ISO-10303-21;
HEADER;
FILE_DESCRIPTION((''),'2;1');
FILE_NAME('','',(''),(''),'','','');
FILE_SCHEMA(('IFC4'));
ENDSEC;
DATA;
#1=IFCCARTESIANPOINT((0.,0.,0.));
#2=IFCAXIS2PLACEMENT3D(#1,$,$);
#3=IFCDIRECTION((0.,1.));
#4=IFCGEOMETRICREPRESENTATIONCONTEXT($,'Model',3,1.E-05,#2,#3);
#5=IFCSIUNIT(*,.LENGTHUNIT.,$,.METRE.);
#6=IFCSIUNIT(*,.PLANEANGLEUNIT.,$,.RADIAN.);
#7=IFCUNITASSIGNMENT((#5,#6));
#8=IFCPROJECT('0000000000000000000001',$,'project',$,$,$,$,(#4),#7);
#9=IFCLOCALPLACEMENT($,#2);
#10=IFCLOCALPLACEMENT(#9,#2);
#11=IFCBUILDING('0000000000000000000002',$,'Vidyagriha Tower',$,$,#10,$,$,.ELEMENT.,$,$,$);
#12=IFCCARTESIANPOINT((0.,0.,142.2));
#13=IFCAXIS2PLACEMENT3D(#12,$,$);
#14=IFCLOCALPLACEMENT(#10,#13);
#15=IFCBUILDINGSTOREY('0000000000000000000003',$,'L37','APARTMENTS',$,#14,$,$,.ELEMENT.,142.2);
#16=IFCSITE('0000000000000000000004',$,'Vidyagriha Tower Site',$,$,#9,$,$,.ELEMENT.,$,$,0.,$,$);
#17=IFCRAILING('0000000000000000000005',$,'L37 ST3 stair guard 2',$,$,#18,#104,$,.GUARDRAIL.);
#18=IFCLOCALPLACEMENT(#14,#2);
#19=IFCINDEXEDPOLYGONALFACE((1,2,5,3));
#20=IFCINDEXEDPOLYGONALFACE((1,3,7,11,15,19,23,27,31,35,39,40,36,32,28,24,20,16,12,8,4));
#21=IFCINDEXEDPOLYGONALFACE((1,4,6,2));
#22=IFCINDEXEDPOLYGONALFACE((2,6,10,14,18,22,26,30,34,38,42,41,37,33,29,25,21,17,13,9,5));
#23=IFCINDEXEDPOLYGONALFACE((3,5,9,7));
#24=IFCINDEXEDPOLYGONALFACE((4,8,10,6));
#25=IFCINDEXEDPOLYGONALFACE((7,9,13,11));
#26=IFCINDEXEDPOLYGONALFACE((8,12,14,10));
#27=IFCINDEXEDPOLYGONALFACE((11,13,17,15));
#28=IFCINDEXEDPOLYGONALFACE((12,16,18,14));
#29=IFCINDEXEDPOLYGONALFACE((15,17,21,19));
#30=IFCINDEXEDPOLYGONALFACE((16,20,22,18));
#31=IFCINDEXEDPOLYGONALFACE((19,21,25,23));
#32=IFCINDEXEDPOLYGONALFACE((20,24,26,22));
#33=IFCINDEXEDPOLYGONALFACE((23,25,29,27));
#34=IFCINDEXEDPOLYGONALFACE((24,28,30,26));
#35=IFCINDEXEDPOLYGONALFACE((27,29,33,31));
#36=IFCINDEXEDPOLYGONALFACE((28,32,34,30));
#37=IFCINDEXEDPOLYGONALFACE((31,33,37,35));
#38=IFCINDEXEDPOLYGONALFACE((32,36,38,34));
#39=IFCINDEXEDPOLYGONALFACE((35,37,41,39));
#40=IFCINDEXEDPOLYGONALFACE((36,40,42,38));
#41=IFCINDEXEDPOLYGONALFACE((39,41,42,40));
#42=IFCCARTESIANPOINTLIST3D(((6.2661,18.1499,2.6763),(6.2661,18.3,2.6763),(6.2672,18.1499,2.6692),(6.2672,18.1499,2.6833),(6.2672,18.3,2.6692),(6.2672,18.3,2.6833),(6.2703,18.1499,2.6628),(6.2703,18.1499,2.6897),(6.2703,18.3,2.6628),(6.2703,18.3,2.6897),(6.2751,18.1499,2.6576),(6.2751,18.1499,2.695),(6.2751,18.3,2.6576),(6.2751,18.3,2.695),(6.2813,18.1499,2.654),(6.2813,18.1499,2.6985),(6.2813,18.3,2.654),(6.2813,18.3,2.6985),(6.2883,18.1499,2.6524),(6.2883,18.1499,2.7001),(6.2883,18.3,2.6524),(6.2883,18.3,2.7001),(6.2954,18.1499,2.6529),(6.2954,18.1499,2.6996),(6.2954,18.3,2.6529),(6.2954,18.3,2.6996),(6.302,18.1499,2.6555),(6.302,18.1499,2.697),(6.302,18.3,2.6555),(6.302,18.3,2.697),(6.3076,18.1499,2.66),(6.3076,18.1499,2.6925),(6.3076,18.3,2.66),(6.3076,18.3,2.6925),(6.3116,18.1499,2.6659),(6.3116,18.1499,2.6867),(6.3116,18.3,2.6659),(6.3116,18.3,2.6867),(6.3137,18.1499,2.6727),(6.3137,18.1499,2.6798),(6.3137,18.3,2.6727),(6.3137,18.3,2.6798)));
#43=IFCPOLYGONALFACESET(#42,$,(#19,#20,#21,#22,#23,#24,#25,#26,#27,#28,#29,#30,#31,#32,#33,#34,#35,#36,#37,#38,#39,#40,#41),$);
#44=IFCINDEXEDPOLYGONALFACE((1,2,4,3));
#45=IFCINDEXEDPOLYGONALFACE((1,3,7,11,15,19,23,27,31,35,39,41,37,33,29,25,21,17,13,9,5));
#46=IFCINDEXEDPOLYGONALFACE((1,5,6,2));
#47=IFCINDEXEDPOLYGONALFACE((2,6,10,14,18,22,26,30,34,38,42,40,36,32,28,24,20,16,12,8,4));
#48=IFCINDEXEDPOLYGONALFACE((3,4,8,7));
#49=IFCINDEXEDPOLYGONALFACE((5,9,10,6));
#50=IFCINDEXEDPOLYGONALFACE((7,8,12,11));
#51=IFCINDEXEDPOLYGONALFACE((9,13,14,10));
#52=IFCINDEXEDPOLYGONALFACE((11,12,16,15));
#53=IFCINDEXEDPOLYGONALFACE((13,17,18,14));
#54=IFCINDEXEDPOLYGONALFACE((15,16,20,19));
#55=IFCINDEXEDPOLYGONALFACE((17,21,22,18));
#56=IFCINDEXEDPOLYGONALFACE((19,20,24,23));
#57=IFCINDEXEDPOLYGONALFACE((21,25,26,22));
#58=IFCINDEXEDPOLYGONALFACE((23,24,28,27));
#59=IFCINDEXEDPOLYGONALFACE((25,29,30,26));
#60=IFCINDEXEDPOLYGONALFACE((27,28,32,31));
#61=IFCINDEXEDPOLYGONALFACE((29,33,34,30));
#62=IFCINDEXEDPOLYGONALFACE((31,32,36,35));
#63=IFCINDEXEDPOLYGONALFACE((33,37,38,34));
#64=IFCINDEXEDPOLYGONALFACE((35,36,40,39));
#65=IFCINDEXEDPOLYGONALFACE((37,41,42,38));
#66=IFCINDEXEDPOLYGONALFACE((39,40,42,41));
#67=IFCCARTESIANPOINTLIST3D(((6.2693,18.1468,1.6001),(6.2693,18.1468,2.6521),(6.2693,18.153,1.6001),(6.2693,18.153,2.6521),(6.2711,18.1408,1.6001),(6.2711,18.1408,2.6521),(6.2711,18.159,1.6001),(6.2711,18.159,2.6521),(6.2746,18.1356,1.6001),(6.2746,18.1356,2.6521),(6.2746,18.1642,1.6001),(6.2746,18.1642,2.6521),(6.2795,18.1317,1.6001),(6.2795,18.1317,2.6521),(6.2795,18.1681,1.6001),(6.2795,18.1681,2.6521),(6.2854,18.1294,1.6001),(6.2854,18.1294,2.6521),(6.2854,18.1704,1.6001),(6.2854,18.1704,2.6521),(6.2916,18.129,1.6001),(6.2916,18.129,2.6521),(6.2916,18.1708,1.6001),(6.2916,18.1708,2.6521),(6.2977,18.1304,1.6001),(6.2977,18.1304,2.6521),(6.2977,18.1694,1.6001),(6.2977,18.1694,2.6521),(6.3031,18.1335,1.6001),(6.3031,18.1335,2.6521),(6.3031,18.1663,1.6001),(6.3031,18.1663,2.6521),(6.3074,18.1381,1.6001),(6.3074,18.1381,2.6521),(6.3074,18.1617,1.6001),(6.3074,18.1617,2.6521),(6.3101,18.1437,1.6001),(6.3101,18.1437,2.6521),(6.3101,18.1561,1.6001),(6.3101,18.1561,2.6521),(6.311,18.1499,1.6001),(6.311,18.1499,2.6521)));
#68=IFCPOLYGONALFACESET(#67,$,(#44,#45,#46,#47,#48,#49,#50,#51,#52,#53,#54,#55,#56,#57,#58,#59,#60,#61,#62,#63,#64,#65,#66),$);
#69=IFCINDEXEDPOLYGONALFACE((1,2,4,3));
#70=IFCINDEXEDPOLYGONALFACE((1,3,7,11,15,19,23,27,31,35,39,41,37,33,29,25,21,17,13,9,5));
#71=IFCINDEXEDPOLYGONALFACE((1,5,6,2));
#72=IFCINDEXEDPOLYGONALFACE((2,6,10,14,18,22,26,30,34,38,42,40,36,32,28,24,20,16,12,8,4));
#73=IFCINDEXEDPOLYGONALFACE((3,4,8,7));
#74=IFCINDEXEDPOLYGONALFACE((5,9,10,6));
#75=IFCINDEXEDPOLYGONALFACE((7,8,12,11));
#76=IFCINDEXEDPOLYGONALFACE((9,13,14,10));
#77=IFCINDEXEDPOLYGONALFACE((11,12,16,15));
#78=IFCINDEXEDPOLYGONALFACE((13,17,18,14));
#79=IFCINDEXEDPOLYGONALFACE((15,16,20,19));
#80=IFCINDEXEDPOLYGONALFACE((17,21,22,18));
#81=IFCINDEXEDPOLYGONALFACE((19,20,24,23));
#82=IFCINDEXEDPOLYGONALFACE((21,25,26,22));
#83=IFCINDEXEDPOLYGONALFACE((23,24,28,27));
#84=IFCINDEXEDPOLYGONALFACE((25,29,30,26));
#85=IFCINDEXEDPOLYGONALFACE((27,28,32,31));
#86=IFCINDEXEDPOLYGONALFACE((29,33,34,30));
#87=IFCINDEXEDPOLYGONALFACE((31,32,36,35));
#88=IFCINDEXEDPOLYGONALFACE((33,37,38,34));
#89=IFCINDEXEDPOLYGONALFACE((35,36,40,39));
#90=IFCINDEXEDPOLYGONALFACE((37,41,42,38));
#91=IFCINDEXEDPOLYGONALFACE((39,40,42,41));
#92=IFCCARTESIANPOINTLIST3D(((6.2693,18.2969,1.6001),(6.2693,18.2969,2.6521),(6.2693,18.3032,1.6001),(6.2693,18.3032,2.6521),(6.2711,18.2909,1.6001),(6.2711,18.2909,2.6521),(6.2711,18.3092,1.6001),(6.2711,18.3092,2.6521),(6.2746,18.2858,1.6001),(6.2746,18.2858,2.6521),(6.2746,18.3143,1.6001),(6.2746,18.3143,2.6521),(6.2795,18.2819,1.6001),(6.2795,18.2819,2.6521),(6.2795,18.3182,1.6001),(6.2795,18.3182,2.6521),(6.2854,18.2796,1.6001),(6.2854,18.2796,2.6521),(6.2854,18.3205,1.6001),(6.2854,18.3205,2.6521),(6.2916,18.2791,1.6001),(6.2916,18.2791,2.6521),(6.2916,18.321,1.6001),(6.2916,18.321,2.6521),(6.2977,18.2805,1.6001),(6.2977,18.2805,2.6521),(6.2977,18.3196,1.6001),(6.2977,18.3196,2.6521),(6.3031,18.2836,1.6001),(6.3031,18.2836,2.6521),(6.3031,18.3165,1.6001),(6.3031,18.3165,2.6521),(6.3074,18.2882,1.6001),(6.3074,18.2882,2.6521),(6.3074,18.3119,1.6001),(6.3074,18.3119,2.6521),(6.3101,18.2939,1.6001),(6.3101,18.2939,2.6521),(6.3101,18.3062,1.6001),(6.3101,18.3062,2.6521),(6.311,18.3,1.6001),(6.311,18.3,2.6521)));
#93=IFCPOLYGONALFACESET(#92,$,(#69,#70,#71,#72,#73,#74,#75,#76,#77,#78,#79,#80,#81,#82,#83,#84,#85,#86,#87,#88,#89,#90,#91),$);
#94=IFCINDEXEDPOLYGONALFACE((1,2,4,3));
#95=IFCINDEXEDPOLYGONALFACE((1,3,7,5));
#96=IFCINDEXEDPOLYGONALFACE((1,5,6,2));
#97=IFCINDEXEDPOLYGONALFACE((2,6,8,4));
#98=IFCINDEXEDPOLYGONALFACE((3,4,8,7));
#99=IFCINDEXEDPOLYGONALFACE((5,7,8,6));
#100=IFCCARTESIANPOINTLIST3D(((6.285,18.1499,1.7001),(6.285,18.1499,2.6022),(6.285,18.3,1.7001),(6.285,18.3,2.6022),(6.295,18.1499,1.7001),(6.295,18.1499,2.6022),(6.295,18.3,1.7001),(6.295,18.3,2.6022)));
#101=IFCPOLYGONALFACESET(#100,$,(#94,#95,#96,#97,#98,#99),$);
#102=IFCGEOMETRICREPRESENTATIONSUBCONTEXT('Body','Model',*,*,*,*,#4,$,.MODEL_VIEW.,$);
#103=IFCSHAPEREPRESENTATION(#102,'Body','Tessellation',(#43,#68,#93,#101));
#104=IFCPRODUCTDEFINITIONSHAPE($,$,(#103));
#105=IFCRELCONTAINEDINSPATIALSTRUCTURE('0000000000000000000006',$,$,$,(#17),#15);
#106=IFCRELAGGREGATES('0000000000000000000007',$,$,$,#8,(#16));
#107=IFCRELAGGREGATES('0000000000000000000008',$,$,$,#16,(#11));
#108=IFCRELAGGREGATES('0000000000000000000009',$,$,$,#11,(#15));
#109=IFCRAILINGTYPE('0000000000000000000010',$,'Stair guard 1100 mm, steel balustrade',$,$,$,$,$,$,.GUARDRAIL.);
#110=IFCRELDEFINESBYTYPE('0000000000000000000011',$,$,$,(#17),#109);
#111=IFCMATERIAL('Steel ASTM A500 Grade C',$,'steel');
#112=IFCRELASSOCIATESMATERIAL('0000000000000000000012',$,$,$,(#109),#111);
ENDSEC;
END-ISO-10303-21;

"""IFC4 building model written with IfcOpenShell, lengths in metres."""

from ifc_helpers import new_model, si_unit, direction, frame, origin, origin_2d, place, context, subcontext, project, spatial, rectangle, circle, extrude, material, type_object, element, save


model = new_model("IFC4")

# Units and contexts
model_context = context("Model", 3, precision=1e-05, world=origin(), true_north=direction((0.0, 1.0)))
body_context = subcontext(model_context, "Body", "Model", "MODEL_VIEW")
ifc_project = project(units=[si_unit("LENGTHUNIT", "METRE"), si_unit("PLANEANGLEUNIT", "RADIAN")], contexts=[model_context])

# Site, building, storey
site_placement = place(None, origin())
site = spatial("IfcSite", under=ifc_project, at=site_placement, Name="Vidyagriha Tower Site", CompositionType="ELEMENT", RefElevation=0.0)
building_placement = place(site_placement, origin())
building = spatial("IfcBuilding", under=site, at=building_placement, Name="Vidyagriha Tower", CompositionType="ELEMENT")
storey_placement = place(building_placement, frame((0.0, 0.0, 142.2)))
storey = spatial("IfcBuildingStorey", under=building, at=storey_placement, Name="L37", Description="APARTMENTS", CompositionType="ELEMENT", Elevation=142.2)

# Railing
ifc_material_1 = material(Name="Steel ASTM A500 Grade C", Category="steel")
railing_type_1 = type_object("IfcRailingType", Name="Stair guard 1100 mm, steel balustrade", PredefinedType="GUARDRAIL", material=ifc_material_1)
railing_1_placement = place(storey_placement, frame((6.29, 18.1499, 1.6001)))
element("IfcRailing", 1, at=railing_1_placement, inside=storey, type_object=railing_type_1, Name="L37 ST3 stair guard 2", PredefinedType="GUARDRAIL", context=body_context, shape_type="SweptSolid", body=[
    extrude(circle(Radius=0.0239, at=origin_2d()), frame((0.0, 0.0, 1.0762), z_axis=(0.0, 1.0, 0.0), x_axis=(-1.0, 0.0, 0.0)), (0.0, 0.0, 1.0), 0.1501),
    extrude(circle(Radius=0.021, at=origin_2d()), origin(), (0.0, 0.0, 1.0), 1.052),
    extrude(circle(Radius=0.021, at=origin_2d()), frame((0.0, 0.1501, 0.0)), (0.0, 0.0, 1.0), 1.052),
    extrude(rectangle(XDim=0.01, YDim=0.9021, at=origin_2d()), frame((0.0, 0.0, 0.551), z_axis=(0.0, 1.0, 0.0), x_axis=(-1.0, 0.0, 0.0)), (0.0, 0.0, 1.0), 0.1501),
])

save(model, "model.ifc")
